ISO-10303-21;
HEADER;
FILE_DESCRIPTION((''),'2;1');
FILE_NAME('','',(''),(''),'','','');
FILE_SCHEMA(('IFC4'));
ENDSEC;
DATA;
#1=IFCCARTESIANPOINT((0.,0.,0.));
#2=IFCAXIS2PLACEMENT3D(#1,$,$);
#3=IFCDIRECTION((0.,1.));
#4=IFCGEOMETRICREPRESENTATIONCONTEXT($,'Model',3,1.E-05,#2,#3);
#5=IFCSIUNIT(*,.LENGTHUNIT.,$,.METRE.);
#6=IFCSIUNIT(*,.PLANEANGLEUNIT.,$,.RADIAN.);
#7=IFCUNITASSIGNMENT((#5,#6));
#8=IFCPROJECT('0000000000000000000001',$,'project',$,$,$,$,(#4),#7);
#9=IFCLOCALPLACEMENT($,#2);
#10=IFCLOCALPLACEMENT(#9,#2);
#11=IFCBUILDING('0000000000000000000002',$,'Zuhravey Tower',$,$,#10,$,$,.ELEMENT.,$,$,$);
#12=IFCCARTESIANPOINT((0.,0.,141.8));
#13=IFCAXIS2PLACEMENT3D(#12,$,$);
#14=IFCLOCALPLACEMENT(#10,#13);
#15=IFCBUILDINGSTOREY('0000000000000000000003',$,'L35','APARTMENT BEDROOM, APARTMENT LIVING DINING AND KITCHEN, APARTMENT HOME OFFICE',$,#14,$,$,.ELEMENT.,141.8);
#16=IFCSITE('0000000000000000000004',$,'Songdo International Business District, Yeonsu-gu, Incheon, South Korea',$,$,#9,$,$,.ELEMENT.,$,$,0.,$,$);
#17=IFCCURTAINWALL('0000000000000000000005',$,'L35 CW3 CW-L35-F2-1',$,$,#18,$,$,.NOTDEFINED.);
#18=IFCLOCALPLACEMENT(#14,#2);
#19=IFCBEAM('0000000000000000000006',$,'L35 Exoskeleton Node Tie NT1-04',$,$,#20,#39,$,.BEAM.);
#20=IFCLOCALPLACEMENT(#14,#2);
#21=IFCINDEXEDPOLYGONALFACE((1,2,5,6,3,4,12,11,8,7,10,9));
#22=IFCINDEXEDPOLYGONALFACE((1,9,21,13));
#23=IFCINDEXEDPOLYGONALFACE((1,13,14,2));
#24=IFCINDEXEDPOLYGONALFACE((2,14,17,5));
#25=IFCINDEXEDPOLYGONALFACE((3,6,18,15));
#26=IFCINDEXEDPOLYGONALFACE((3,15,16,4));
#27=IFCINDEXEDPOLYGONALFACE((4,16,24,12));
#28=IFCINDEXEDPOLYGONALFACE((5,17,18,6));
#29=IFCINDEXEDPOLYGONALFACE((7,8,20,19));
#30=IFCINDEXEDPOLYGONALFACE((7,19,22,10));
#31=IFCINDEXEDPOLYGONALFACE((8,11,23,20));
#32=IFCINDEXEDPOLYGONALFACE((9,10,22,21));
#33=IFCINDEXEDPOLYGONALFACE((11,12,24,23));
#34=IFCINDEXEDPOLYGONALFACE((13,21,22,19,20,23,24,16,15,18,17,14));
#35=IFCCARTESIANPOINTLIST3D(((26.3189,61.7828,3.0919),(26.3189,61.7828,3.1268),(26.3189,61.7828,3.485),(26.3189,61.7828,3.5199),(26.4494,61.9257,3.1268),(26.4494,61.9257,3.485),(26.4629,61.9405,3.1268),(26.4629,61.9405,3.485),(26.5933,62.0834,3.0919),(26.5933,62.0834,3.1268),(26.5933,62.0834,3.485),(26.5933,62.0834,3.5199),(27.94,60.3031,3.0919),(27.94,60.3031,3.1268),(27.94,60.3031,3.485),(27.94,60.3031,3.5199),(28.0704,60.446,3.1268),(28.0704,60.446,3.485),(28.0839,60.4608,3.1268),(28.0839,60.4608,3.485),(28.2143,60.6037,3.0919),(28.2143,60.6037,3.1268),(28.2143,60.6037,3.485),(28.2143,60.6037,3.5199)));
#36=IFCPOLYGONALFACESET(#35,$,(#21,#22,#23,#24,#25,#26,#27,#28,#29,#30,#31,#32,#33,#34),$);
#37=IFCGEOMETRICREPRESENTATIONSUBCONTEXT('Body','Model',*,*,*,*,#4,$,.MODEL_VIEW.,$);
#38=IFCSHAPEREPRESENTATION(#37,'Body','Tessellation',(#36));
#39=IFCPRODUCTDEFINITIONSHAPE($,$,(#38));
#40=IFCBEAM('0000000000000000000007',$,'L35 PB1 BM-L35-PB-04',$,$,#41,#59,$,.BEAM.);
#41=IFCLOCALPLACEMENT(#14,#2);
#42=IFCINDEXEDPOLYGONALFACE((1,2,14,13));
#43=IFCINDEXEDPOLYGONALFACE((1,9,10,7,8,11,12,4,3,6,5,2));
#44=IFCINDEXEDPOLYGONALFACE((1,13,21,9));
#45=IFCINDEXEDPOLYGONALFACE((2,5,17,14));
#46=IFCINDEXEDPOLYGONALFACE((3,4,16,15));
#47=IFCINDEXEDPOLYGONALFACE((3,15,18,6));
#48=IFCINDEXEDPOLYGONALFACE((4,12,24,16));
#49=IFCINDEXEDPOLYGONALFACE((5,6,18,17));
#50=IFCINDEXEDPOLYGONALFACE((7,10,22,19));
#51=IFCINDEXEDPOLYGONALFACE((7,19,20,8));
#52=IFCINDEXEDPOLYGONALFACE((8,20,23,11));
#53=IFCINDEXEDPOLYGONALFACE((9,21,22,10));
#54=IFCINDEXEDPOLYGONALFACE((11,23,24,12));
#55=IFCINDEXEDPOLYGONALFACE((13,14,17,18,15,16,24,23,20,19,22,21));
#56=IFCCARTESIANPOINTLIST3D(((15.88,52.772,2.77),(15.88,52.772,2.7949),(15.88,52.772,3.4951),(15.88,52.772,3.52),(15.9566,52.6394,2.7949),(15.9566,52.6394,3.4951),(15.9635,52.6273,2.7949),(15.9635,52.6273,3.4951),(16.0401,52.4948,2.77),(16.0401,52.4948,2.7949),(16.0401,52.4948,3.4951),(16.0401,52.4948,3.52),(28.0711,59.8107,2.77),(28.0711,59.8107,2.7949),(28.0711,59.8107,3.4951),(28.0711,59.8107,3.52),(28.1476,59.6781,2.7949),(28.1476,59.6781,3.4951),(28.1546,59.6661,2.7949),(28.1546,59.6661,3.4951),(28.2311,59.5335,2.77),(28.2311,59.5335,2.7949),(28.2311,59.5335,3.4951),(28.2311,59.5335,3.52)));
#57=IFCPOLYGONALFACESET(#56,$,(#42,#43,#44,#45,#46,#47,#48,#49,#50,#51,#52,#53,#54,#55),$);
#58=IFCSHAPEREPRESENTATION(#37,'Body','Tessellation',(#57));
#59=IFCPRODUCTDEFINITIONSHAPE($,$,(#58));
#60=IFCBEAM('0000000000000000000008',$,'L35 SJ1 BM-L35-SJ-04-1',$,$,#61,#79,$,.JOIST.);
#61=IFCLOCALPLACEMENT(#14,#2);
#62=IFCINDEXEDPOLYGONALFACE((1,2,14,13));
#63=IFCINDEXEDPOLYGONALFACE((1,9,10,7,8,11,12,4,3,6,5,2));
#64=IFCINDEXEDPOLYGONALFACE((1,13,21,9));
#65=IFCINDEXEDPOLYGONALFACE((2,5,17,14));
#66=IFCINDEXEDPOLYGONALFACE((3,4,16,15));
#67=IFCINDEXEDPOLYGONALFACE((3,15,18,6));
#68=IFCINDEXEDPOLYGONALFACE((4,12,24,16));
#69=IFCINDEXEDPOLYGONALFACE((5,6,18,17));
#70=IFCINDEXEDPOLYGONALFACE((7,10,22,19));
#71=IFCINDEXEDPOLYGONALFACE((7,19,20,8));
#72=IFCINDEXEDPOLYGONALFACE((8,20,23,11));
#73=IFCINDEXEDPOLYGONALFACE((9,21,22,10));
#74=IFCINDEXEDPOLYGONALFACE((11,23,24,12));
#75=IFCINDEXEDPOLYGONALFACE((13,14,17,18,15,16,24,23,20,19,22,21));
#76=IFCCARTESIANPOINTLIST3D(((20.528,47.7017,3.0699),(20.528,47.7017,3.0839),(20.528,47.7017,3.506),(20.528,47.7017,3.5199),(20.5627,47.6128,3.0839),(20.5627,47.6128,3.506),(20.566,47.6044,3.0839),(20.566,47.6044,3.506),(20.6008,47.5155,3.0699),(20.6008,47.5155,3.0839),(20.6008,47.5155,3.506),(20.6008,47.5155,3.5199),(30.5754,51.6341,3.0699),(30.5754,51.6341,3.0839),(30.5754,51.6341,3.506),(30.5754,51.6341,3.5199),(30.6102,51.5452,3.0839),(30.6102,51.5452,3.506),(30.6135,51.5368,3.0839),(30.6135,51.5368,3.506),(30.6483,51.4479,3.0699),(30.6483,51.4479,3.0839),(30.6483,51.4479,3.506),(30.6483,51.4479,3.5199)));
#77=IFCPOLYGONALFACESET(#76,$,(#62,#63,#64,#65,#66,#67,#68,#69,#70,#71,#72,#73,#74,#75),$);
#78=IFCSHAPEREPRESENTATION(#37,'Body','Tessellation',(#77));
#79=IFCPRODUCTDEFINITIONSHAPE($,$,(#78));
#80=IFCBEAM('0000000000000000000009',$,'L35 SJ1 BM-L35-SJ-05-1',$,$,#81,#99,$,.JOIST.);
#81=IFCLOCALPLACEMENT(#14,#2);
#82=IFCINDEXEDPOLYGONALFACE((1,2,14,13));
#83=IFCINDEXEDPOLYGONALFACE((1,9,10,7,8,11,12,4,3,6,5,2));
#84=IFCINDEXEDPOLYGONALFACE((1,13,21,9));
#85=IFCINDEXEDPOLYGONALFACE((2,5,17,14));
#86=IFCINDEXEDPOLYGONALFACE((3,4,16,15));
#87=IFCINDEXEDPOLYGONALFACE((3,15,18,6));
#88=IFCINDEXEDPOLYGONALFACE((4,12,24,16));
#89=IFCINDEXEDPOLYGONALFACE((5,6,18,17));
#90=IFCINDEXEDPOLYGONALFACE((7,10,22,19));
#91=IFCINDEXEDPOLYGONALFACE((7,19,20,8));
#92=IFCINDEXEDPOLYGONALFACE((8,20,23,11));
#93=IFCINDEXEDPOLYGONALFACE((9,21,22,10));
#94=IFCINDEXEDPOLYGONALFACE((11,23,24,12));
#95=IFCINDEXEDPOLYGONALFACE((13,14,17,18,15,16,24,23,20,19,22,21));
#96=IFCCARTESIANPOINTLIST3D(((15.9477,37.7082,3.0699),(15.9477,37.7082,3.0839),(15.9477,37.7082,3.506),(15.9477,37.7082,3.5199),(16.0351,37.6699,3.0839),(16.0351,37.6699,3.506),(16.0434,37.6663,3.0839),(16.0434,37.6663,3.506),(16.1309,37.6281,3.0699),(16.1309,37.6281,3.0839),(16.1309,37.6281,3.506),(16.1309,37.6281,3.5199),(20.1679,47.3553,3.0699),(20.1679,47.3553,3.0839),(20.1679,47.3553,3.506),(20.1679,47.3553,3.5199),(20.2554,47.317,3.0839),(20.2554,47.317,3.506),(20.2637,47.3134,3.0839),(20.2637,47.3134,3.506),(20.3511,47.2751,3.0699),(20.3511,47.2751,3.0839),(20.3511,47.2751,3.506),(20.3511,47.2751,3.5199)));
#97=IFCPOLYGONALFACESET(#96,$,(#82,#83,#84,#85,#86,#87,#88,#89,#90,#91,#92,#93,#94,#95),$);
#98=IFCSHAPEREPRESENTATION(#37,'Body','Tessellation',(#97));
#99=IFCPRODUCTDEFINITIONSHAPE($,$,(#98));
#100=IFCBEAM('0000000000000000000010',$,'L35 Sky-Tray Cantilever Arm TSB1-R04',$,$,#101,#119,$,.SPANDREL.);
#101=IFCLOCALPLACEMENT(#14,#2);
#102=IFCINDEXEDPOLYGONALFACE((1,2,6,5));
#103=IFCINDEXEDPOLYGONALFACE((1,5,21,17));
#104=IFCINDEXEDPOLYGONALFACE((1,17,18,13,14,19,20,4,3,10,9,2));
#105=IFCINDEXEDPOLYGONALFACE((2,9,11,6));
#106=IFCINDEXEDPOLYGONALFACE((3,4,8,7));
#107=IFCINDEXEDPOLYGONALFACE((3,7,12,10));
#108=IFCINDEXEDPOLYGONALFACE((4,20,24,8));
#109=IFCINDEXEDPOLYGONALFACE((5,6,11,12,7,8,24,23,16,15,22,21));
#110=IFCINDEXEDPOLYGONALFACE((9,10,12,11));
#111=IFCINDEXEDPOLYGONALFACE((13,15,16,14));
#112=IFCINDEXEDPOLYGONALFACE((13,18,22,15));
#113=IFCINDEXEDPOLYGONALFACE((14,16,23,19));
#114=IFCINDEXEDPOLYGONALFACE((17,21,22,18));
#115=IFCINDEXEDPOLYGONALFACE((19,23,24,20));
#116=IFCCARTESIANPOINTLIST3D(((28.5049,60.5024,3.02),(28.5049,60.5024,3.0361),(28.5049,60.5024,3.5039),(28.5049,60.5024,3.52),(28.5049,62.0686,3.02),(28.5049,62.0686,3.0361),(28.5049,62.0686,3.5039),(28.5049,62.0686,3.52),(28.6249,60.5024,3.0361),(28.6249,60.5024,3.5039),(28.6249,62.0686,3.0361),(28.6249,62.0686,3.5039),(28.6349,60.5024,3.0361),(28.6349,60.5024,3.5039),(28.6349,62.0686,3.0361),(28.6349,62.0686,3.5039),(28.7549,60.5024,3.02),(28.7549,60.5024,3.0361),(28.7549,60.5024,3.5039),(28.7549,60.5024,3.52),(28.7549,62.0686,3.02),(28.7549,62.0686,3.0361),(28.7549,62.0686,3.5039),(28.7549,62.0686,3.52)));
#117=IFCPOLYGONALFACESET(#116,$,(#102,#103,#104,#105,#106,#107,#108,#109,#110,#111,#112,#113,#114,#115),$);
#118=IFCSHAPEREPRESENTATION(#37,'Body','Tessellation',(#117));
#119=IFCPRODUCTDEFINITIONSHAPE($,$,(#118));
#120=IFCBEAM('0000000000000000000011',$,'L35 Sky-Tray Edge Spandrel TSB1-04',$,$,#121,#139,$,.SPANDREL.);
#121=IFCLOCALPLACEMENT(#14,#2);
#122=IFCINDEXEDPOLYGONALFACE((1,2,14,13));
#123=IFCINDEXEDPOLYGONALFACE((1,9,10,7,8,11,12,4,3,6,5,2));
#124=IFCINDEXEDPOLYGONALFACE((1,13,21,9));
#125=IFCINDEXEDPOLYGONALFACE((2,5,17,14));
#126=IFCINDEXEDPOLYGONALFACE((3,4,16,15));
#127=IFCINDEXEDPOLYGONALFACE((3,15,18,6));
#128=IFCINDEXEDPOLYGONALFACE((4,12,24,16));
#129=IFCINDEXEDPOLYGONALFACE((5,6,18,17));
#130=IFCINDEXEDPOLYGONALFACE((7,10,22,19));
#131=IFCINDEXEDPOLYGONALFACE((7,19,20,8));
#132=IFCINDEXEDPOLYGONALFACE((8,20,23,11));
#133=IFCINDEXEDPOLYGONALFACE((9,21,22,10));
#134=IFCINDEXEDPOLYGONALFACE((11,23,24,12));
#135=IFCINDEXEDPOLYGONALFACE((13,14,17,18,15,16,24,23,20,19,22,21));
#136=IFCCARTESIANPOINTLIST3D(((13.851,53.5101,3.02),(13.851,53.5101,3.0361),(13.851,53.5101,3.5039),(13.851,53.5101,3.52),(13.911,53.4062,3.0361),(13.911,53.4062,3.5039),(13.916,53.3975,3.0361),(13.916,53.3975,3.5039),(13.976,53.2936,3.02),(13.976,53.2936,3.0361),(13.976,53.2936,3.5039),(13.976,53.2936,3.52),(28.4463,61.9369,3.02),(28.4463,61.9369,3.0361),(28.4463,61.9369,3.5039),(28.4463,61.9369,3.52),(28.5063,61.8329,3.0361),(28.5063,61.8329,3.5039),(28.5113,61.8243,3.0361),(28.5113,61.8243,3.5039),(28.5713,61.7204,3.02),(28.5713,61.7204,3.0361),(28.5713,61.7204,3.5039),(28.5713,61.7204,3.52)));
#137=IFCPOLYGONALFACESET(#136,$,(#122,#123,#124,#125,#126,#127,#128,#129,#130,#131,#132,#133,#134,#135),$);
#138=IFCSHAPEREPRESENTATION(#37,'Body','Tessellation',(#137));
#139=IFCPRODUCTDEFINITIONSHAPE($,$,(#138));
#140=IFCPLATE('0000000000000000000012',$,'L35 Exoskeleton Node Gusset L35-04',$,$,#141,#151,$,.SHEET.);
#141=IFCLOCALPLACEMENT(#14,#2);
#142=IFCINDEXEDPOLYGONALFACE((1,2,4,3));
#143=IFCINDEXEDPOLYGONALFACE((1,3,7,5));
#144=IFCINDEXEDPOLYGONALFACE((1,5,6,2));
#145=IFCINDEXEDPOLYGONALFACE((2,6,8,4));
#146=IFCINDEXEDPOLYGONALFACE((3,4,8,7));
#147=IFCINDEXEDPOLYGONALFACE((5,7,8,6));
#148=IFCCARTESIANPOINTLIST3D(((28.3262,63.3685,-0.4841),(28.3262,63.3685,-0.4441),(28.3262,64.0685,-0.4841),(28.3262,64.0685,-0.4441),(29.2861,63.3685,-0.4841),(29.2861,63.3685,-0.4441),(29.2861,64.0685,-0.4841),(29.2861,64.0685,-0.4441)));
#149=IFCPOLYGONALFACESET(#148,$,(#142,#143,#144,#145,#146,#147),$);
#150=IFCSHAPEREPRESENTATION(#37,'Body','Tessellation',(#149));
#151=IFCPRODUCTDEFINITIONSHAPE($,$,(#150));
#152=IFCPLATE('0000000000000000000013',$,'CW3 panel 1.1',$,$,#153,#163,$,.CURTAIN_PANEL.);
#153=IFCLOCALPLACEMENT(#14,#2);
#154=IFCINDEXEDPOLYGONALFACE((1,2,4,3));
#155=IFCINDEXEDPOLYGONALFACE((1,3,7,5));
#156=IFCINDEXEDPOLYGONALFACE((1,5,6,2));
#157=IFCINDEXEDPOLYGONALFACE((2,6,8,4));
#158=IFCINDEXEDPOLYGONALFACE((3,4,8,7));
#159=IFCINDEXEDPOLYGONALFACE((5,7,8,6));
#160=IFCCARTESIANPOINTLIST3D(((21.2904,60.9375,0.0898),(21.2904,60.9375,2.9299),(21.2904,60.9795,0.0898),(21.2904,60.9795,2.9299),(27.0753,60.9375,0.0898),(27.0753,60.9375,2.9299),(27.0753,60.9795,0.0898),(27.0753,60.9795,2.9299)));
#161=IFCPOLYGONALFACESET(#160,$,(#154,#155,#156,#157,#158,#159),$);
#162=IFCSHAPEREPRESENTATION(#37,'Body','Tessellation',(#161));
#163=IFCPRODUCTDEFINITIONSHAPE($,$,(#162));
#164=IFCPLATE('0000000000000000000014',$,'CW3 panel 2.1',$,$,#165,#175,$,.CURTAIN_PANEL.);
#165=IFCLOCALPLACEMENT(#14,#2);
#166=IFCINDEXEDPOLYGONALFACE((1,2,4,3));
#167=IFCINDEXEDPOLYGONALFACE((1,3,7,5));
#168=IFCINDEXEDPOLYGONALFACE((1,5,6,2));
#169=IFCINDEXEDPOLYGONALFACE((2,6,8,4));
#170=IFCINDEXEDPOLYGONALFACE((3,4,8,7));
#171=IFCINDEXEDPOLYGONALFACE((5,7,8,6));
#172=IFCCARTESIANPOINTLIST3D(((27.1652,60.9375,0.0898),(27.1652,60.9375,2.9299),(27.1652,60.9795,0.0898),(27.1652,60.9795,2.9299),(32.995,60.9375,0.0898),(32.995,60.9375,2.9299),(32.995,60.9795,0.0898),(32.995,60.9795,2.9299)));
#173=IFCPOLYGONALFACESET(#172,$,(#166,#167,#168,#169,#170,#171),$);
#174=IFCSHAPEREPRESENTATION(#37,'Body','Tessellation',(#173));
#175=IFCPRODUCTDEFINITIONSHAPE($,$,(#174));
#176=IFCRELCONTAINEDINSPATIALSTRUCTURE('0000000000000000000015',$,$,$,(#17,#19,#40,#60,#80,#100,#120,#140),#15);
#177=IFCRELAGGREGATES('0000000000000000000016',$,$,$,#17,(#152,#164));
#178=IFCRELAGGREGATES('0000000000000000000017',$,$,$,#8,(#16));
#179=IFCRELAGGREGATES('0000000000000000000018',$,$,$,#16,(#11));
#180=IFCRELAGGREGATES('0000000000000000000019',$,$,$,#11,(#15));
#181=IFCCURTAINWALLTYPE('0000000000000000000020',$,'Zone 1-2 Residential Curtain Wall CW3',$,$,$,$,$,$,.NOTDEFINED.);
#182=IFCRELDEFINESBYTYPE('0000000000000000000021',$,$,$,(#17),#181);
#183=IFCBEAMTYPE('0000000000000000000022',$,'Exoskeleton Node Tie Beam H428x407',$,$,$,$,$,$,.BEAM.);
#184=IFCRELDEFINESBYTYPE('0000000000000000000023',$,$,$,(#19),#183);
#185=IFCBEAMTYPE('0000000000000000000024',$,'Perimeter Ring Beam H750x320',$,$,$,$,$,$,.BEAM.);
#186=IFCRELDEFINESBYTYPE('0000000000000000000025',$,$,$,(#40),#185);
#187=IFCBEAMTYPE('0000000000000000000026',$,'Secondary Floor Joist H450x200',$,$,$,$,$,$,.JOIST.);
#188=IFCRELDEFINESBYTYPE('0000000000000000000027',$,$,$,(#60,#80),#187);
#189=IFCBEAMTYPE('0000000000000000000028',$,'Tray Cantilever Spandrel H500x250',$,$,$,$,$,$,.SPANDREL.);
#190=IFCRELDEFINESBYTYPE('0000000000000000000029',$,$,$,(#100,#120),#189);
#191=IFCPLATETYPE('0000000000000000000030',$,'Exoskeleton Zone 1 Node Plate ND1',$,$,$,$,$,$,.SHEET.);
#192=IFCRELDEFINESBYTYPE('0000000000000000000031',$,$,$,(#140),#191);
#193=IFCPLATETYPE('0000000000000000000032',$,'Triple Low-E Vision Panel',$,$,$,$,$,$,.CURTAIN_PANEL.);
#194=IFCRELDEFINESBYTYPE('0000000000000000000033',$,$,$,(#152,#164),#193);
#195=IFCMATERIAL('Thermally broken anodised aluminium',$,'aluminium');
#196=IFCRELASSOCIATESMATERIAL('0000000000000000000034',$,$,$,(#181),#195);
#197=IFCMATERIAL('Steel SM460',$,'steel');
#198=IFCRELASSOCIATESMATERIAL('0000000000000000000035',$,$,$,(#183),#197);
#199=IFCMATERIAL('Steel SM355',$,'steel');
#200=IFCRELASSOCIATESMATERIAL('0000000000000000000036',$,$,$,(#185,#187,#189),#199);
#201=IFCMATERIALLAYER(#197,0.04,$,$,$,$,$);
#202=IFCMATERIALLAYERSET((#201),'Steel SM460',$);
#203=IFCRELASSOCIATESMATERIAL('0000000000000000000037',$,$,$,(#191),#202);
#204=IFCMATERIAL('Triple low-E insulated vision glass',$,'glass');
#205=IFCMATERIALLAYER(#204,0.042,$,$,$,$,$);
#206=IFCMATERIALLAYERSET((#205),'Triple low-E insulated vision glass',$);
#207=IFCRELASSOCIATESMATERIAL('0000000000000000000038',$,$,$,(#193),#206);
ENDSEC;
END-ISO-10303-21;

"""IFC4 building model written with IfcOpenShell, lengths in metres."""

from ifc_helpers import new_model, si_unit, direction, frame, origin, origin_2d, place, context, subcontext, project, spatial, rectangle, i_section, extrude, material, layer, layer_set, material_profile, profile_set, type_object, element, aggregate, save


model = new_model("IFC4")

# Units and contexts
model_context = context("Model", 3, precision=1e-05, world=origin(), true_north=direction((0.0, 1.0)))
body_context = subcontext(model_context, "Body", "Model", "MODEL_VIEW")
ifc_project = project(units=[si_unit("LENGTHUNIT", "METRE"), si_unit("PLANEANGLEUNIT", "RADIAN")], contexts=[model_context])

# Site, building, storey
site_placement = place(None, origin())
site = spatial("IfcSite", under=ifc_project, at=site_placement, Name="Songdo International Business District, Yeonsu-gu, Incheon, South Korea", CompositionType="ELEMENT", RefElevation=0.0)
building_placement = place(site_placement, origin())
building = spatial("IfcBuilding", under=site, at=building_placement, Name="Zuhravey Tower", CompositionType="ELEMENT")
storey_placement = place(building_placement, frame((0.0, 0.0, 141.8)))
storey = spatial("IfcBuildingStorey", under=building, at=storey_placement, Name="L35", Description="APARTMENT BEDROOM, APARTMENT LIVING DINING AND KITCHEN, APARTMENT HOME OFFICE", CompositionType="ELEMENT", Elevation=141.8)

# Curtain wall
ifc_material_1 = material(Name="Thermally broken anodised aluminium", Category="aluminium")
curtain_wall_type = type_object("IfcCurtainWallType", Name="Zone 1-2 Residential Curtain Wall CW3", PredefinedType="NOTDEFINED", material=ifc_material_1)
curtain_wall_placement = place(storey_placement, origin())
curtain_wall = element("IfcCurtainWall", 1, at=curtain_wall_placement, inside=storey, type_object=curtain_wall_type, Name="L35 CW3 CW-L35-F2-1", PredefinedType="NOTDEFINED")

# Beams
ifc_material_2 = material(Name="Steel SM460", Category="steel")
ifc_material_profile_1 = material_profile(ifc_material_2, i_section(OverallWidth=0.407, OverallDepth=0.428, WebThickness=0.02, FlangeThickness=0.0349, at=origin_2d()), Name="H-428x407x20x35")
ifc_profile_set_1 = profile_set([ifc_material_profile_1], Name="Steel SM460")
beam_type_1 = type_object("IfcBeamType", Name="Exoskeleton Node Tie Beam H428x407", PredefinedType="BEAM", material=ifc_profile_set_1)
beam_1_placement = place(storey_placement, frame((28.0771, 60.4534, 3.3059), z_axis=(-0.738575, 0.674172, 0.0), x_axis=(-0.674172, -0.738575, 0.0)))
element("IfcBeam", 2, at=beam_1_placement, inside=storey, type_object=beam_type_1, Name="L35 Exoskeleton Node Tie NT1-04", PredefinedType="BEAM", context=body_context, shape_type="SweptSolid", body=[
    extrude(i_section(OverallWidth=0.407, OverallDepth=0.428, WebThickness=0.02, FlangeThickness=0.0349, at=origin_2d()), origin(), (0.0, 0.0, 1.0), 2.1948),
])
ifc_material_3 = material(Name="Steel SM355", Category="steel")
ifc_material_profile_2 = material_profile(ifc_material_3, i_section(OverallWidth=0.3201, OverallDepth=0.75, WebThickness=0.0139, FlangeThickness=0.0249, at=origin_2d()), Name="H-750x320x14x25")
ifc_profile_set_2 = profile_set([ifc_material_profile_2], Name="Steel SM355")
beam_type_2 = type_object("IfcBeamType", Name="Perimeter Ring Beam H750x320", PredefinedType="BEAM", material=ifc_profile_set_2)
beam_2_placement = place(storey_placement, frame((28.1511, 59.6721, 3.145), z_axis=(-0.866018, -0.500013, 0.0), x_axis=(0.500013, -0.866018, 0.0)))
element("IfcBeam", 3, at=beam_2_placement, inside=storey, type_object=beam_type_2, Name="L35 PB1 BM-L35-PB-04", PredefinedType="BEAM", context=body_context, shape_type="SweptSolid", body=[
    extrude(i_section(OverallWidth=0.3201, OverallDepth=0.75, WebThickness=0.0139, FlangeThickness=0.0249, at=origin_2d()), origin(), (0.0, 0.0, 1.0), 14.0771),
])
ifc_material_profile_3 = material_profile(ifc_material_3, i_section(OverallWidth=0.2, OverallDepth=0.45, WebThickness=0.009, FlangeThickness=0.0139, at=origin_2d()), Name="H-450x200x9x14")
ifc_profile_set_3 = profile_set([ifc_material_profile_3], Name="Steel SM355")
beam_type_3 = type_object("IfcBeamType", Name="Secondary Floor Joist H450x200", PredefinedType="JOIST", material=ifc_profile_set_3)
beam_3_placement = place(storey_placement, frame((30.6118, 51.541, 3.2949), z_axis=(-0.931218, -0.364463, 0.0), x_axis=(0.364463, -0.931218, 0.0)))
element("IfcBeam", 4, at=beam_3_placement, inside=storey, type_object=beam_type_3, Name="L35 SJ1 BM-L35-SJ-04-1", PredefinedType="JOIST", context=body_context, shape_type="SweptSolid", body=[
    extrude(i_section(OverallWidth=0.2, OverallDepth=0.45, WebThickness=0.009, FlangeThickness=0.0139, at=origin_2d()), origin(), (0.0, 0.0, 1.0), 10.7896),
])
beam_4_placement = place(storey_placement, frame((20.2595, 47.3152, 3.2949), z_axis=(-0.400792, -0.916169, 0.0), x_axis=(0.916169, -0.400792, 0.0)))
element("IfcBeam", 5, at=beam_4_placement, inside=storey, type_object=beam_type_3, Name="L35 SJ1 BM-L35-SJ-05-1", PredefinedType="JOIST", context=body_context, shape_type="SweptSolid", body=[
    extrude(i_section(OverallWidth=0.2, OverallDepth=0.45, WebThickness=0.009, FlangeThickness=0.0139, at=origin_2d()), origin(), (0.0, 0.0, 1.0), 10.5298),
])
ifc_material_profile_4 = material_profile(ifc_material_3, i_section(OverallWidth=0.25, OverallDepth=0.5, WebThickness=0.01, FlangeThickness=0.0161, at=origin_2d()), Name="H-500x250x10x16")
ifc_profile_set_4 = profile_set([ifc_material_profile_4], Name="Steel SM355")
beam_type_4 = type_object("IfcBeamType", Name="Tray Cantilever Spandrel H500x250", PredefinedType="SPANDREL", material=ifc_profile_set_4)
beam_5_placement = place(storey_placement, frame((28.6299, 60.5024, 3.27), z_axis=(0.0, 1.0, 0.0), x_axis=(-1.0, 0.0, 0.0)))
element("IfcBeam", 6, at=beam_5_placement, inside=storey, type_object=beam_type_4, Name="L35 Sky-Tray Cantilever Arm TSB1-R04", PredefinedType="SPANDREL", context=body_context, shape_type="SweptSolid", body=[
    extrude(i_section(OverallWidth=0.25, OverallDepth=0.5, WebThickness=0.01, FlangeThickness=0.0161, at=origin_2d()), origin(), (0.0, 0.0, 1.0), 1.5662),
])
beam_6_placement = place(storey_placement, frame((28.5088, 61.8286, 3.27), z_axis=(-0.86602, -0.500009, 0.0), x_axis=(0.500009, -0.86602, 0.0)))
element("IfcBeam", 7, at=beam_6_placement, inside=storey, type_object=beam_type_4, Name="L35 Sky-Tray Edge Spandrel TSB1-04", PredefinedType="SPANDREL", context=body_context, shape_type="SweptSolid", body=[
    extrude(i_section(OverallWidth=0.25, OverallDepth=0.5, WebThickness=0.01, FlangeThickness=0.0161, at=origin_2d()), origin(), (0.0, 0.0, 1.0), 16.8533),
])

# Plates
ifc_layer_1 = layer(ifc_material_2, 0.04)
ifc_layer_set_1 = layer_set([ifc_layer_1], Name="Steel SM460")
plate_type_1 = type_object("IfcPlateType", Name="Exoskeleton Zone 1 Node Plate ND1", PredefinedType="SHEET", material=ifc_layer_set_1)
plate_1_placement = place(storey_placement, frame((28.8062, 63.7185, -0.4841), z_axis=(0.0, 0.0, 1.0), x_axis=(-1.0, 0.0, 0.0)))
element("IfcPlate", 8, at=plate_1_placement, inside=storey, type_object=plate_type_1, Name="L35 Exoskeleton Node Gusset L35-04", PredefinedType="SHEET", context=body_context, shape_type="SweptSolid", body=[
    extrude(rectangle(XDim=0.96, YDim=0.7, at=origin_2d()), origin(), (0.0, 0.0, 1.0), 0.04),
])
ifc_material_4 = material(Name="Triple low-E insulated vision glass", Category="glass")
ifc_layer_2 = layer(ifc_material_4, 0.042)
ifc_layer_set_2 = layer_set([ifc_layer_2], Name="Triple low-E insulated vision glass")
plate_type_2 = type_object("IfcPlateType", Name="Triple Low-E Vision Panel", PredefinedType="CURTAIN_PANEL", material=ifc_layer_set_2)
plate_2_placement = place(storey_placement, frame((24.1829, 60.9585, 0.0898), z_axis=(0.0, 0.0, 1.0), x_axis=(1.0, 0.0, 0.0)))
plate_2 = element("IfcPlate", 9, at=plate_2_placement, type_object=plate_type_2, Name="CW3 panel 1.1", PredefinedType="CURTAIN_PANEL", context=body_context, shape_type="SweptSolid", body=[
    extrude(rectangle(XDim=5.7849, YDim=0.042, at=origin_2d()), origin(), (0.0, 0.0, 1.0), 2.8401),
])
plate_3_placement = place(storey_placement, frame((30.0801, 60.9585, 0.0898), z_axis=(0.0, 0.0, 1.0), x_axis=(1.0, 0.0, 0.0)))
plate_3 = element("IfcPlate", 10, at=plate_3_placement, type_object=plate_type_2, Name="CW3 panel 2.1", PredefinedType="CURTAIN_PANEL", context=body_context, shape_type="SweptSolid", body=[
    extrude(rectangle(XDim=5.8298, YDim=0.042, at=origin_2d()), origin(), (0.0, 0.0, 1.0), 2.8401),
])
aggregate(curtain_wall, [plate_2, plate_3])

save(model, "model.ifc")
